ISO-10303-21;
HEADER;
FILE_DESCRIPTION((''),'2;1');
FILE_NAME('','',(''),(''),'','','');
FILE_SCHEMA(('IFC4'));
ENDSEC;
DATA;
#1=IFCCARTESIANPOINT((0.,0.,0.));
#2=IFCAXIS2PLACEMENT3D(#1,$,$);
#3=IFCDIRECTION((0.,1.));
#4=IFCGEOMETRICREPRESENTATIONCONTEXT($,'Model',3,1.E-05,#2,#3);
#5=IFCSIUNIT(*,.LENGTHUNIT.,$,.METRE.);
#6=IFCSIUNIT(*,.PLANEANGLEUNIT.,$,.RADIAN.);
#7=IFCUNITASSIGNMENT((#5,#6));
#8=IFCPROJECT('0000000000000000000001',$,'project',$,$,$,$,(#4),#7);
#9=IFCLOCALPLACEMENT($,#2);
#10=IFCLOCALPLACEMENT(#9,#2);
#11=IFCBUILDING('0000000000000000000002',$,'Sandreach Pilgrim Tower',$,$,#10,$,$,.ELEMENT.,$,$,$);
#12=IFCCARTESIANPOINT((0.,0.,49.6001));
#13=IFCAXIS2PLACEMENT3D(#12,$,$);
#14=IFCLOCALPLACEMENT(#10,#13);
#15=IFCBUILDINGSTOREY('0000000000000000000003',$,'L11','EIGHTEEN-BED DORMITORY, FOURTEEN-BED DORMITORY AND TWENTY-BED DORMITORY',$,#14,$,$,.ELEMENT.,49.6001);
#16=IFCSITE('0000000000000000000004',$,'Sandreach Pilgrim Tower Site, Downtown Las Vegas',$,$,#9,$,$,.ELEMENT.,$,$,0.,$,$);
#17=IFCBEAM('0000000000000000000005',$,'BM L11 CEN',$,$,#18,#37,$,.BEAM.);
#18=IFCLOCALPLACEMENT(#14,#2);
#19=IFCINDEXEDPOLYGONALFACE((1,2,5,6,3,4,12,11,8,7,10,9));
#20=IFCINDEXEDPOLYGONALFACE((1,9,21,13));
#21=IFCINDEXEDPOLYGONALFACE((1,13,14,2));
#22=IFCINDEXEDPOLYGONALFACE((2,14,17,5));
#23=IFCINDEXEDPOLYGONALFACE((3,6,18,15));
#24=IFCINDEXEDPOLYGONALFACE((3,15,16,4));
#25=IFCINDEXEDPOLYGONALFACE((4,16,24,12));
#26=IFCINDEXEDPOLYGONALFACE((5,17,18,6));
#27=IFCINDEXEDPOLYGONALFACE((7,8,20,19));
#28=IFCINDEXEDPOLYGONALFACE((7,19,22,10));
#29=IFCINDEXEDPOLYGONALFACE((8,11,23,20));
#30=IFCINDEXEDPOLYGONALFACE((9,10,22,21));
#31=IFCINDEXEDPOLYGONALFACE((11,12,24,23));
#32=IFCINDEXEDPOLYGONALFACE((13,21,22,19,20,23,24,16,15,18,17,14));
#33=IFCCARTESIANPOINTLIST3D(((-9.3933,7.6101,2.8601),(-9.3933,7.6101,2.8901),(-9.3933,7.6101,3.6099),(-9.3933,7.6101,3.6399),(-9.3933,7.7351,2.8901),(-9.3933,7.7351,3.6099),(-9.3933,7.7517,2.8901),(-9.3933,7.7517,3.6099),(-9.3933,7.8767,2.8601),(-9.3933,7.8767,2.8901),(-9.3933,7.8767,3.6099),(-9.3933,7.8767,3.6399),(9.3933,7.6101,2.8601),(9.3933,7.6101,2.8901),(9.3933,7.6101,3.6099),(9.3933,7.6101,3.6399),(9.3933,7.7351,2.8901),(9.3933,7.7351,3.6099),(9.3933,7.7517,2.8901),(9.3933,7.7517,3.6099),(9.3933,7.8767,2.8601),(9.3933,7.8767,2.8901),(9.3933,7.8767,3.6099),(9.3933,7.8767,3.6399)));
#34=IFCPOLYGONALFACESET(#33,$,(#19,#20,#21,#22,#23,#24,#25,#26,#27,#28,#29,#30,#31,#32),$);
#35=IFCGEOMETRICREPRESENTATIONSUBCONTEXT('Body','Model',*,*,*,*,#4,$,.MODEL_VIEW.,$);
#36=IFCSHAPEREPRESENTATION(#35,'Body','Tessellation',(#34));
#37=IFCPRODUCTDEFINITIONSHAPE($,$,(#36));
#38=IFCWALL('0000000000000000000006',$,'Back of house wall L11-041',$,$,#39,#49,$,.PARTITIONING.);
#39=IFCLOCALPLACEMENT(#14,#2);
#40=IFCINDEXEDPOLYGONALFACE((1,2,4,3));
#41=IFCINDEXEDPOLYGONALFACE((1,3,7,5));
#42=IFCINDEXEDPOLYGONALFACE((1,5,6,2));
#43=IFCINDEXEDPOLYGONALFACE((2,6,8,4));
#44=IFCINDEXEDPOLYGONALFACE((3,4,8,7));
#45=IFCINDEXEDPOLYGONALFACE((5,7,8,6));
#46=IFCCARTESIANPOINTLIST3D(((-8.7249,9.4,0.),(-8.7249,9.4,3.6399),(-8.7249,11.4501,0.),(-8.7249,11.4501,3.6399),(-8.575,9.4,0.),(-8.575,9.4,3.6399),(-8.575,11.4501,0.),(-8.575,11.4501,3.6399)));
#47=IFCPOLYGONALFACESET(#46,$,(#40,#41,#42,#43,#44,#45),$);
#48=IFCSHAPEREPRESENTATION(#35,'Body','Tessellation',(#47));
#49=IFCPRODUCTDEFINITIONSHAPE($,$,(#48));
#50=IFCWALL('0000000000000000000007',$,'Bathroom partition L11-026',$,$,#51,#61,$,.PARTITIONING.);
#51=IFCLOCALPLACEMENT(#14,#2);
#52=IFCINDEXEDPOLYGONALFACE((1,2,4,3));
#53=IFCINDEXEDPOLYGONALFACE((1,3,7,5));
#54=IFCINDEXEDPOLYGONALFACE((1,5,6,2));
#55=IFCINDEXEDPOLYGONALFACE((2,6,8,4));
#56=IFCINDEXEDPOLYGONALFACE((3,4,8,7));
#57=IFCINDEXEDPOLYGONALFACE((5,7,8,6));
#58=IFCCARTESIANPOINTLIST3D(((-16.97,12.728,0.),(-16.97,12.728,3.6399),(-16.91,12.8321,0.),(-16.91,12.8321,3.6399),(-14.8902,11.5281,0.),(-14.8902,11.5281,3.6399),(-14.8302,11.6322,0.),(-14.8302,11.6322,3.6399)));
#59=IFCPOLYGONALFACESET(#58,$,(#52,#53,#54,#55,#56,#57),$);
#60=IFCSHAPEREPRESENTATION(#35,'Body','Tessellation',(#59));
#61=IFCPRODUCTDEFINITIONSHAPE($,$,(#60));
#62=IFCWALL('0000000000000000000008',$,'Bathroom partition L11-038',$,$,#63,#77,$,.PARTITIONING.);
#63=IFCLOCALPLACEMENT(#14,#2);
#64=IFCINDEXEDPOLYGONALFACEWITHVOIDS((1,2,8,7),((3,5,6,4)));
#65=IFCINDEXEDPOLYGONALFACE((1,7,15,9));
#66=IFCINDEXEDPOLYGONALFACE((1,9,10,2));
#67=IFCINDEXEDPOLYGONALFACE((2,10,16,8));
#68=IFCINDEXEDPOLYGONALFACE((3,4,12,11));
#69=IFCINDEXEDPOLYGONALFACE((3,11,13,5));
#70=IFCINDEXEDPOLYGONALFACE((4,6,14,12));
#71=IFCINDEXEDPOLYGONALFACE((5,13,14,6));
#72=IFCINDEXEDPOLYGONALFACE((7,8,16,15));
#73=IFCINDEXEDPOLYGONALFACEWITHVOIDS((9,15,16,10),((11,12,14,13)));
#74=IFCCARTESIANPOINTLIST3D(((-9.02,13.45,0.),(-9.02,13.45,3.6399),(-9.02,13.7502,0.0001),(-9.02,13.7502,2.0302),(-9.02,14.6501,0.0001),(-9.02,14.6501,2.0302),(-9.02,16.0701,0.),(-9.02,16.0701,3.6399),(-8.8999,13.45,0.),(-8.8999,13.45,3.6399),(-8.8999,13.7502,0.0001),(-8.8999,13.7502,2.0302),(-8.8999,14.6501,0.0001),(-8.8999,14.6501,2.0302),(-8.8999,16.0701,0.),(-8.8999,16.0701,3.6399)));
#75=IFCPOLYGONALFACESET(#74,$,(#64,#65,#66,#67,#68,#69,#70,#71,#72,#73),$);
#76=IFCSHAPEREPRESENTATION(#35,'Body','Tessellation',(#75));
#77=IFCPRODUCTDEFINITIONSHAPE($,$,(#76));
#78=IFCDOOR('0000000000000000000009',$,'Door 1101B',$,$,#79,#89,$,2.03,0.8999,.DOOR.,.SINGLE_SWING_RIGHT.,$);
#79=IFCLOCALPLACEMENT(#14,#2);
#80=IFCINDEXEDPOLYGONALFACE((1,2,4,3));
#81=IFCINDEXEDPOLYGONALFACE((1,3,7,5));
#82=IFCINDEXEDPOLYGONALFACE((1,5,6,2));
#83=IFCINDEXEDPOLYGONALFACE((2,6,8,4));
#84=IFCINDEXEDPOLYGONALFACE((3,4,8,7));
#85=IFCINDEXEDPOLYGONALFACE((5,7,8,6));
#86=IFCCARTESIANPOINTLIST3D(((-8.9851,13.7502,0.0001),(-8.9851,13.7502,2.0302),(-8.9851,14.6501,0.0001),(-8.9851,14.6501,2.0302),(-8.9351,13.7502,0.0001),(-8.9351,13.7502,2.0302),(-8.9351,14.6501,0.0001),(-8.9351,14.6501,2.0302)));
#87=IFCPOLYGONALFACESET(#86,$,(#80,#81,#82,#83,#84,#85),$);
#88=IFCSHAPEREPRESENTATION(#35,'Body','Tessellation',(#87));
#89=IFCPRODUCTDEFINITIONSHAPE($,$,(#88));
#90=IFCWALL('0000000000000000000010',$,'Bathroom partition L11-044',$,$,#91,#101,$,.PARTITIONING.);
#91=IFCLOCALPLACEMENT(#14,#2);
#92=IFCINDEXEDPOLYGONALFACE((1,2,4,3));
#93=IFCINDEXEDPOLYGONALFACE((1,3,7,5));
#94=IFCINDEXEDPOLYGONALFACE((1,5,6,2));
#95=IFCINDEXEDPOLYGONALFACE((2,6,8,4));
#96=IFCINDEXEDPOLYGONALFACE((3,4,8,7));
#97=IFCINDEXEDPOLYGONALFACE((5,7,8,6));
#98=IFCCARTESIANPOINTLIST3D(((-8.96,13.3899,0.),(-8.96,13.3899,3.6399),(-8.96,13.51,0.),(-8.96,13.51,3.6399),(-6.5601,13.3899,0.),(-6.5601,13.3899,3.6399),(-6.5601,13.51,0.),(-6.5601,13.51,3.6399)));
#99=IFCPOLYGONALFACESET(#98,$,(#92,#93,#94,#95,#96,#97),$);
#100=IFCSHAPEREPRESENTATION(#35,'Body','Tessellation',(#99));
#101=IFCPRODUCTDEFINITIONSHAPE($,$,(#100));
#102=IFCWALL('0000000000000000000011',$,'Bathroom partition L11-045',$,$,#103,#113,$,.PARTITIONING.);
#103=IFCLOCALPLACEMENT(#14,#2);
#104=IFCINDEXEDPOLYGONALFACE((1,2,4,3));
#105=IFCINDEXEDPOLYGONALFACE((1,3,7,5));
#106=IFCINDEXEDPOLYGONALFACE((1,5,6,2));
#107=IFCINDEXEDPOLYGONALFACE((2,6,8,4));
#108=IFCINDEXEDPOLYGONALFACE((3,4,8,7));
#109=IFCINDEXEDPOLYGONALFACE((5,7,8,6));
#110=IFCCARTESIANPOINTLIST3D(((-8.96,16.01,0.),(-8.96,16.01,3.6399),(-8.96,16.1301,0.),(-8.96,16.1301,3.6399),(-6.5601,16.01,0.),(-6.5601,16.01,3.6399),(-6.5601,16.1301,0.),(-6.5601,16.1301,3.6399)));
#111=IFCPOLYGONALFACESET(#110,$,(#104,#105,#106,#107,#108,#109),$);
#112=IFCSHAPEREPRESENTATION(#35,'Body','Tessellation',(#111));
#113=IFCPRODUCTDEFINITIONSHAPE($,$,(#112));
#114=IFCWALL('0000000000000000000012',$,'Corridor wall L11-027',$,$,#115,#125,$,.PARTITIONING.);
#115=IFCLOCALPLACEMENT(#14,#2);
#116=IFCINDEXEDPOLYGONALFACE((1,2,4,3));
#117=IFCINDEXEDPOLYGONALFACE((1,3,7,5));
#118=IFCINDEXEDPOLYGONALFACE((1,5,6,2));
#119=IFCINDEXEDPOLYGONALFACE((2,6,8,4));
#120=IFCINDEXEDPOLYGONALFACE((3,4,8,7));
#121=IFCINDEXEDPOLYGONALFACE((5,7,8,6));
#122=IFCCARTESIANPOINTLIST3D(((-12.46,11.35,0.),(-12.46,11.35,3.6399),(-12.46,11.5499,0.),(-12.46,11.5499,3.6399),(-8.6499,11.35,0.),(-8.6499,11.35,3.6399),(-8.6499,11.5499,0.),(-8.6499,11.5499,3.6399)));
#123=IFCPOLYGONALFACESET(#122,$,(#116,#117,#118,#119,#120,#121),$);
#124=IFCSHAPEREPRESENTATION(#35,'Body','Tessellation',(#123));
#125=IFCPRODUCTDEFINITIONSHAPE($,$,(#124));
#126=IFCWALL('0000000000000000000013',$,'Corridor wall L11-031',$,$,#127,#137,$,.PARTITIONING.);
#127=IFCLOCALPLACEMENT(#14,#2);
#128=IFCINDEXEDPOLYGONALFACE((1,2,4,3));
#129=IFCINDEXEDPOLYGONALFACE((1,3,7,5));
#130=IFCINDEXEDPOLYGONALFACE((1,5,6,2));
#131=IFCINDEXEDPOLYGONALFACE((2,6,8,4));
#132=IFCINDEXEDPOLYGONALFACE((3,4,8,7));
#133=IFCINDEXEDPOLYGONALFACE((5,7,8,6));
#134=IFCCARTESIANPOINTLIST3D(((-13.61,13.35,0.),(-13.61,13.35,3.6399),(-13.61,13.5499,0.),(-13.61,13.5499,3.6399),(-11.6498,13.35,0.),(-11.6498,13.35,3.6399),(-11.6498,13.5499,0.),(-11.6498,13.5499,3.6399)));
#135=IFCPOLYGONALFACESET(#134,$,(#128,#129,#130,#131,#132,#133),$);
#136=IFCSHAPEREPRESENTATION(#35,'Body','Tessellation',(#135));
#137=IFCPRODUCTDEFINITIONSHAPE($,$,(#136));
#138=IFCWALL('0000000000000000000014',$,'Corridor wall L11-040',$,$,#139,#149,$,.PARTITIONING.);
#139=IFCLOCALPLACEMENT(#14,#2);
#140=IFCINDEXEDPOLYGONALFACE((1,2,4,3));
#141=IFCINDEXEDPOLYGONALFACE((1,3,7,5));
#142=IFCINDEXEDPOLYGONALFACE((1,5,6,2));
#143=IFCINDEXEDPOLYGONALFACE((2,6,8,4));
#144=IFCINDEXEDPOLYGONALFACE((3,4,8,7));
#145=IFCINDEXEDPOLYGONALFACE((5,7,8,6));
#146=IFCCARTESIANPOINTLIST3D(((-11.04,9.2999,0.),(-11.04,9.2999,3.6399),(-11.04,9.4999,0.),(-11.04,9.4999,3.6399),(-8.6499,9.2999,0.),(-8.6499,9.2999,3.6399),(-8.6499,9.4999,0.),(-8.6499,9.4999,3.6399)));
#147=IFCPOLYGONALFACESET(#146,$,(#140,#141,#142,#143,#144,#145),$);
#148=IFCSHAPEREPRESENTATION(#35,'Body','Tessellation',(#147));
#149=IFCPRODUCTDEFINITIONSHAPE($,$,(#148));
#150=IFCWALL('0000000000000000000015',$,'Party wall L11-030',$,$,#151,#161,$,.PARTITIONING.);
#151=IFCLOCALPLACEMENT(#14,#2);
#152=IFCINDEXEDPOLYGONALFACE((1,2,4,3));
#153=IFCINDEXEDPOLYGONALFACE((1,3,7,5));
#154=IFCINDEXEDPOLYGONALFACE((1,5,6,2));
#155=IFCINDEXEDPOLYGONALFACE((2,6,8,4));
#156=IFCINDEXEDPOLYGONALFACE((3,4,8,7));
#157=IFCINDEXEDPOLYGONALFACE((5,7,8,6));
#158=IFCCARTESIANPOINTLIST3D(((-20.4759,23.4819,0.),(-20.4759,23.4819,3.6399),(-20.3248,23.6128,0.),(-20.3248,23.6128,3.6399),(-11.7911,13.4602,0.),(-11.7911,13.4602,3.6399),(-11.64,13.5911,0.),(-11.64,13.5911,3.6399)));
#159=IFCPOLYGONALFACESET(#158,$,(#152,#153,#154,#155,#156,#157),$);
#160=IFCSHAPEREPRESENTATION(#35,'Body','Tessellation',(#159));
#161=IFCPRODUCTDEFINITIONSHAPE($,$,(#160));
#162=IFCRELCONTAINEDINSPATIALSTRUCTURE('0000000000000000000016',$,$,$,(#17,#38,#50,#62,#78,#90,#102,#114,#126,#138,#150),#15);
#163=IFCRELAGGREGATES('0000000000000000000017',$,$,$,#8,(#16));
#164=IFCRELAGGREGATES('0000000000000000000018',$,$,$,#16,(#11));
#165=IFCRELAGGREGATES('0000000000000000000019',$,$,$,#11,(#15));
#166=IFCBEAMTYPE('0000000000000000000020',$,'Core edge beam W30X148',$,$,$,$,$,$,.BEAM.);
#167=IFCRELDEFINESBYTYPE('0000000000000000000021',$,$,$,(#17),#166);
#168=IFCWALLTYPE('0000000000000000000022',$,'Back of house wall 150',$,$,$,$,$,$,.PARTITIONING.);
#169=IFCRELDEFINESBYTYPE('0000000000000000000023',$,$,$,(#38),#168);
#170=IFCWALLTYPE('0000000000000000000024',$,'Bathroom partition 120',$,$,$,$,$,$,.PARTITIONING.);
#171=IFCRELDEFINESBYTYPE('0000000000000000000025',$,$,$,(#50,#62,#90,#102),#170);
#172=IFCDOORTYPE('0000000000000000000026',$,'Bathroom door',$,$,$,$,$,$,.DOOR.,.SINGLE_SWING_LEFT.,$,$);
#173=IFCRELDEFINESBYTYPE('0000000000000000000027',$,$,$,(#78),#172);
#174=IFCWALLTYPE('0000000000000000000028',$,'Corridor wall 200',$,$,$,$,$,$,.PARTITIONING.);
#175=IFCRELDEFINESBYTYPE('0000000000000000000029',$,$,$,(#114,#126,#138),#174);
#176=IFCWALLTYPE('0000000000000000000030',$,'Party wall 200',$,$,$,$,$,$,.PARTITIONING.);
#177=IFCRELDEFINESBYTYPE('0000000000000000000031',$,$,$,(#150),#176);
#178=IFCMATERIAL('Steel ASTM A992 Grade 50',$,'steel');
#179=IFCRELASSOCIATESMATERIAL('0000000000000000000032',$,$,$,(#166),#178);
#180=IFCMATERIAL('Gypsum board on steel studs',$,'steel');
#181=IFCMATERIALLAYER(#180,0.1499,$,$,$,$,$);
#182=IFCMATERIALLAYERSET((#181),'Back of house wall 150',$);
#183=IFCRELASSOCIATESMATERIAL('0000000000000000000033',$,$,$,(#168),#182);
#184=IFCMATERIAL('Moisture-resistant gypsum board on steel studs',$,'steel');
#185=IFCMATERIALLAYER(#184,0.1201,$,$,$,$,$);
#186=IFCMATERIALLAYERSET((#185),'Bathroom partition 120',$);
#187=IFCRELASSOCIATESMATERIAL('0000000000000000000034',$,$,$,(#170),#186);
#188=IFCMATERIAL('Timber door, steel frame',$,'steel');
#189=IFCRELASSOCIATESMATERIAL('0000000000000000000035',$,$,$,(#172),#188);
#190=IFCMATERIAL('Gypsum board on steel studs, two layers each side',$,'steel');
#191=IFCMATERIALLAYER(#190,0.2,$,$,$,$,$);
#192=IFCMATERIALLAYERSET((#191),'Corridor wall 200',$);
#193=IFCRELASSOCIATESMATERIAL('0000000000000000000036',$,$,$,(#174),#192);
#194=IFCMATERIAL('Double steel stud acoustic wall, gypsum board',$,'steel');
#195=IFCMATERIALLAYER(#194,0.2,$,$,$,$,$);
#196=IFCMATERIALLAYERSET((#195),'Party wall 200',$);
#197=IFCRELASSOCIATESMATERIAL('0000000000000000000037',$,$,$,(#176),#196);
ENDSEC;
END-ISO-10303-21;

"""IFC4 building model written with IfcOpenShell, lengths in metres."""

from ifc_helpers import new_model, si_unit, direction, frame, frame_2d, origin, origin_2d, place, context, subcontext, project, spatial, rectangle, i_section, extrude, material, layer, layer_set, material_profile, profile_set, type_object, element, fill, save


model = new_model("IFC4")

# Units and contexts
model_context = context("Model", 3, precision=1e-05, world=origin(), true_north=direction((0.0, 1.0)))
body_context = subcontext(model_context, "Body", "Model", "MODEL_VIEW")
ifc_project = project(units=[si_unit("LENGTHUNIT", "METRE"), si_unit("PLANEANGLEUNIT", "RADIAN")], contexts=[model_context])

# Site, building, storey
site_placement = place(None, origin())
site = spatial("IfcSite", under=ifc_project, at=site_placement, Name="Sandreach Pilgrim Tower Site, Downtown Las Vegas", CompositionType="ELEMENT", RefElevation=0.0)
building_placement = place(site_placement, origin())
building = spatial("IfcBuilding", under=site, at=building_placement, Name="Sandreach Pilgrim Tower", CompositionType="ELEMENT")
storey_placement = place(building_placement, frame((0.0, 0.0, 49.6001)))
storey = spatial("IfcBuildingStorey", under=building, at=storey_placement, Name="L11", Description="EIGHTEEN-BED DORMITORY, FOURTEEN-BED DORMITORY AND TWENTY-BED DORMITORY", CompositionType="ELEMENT", Elevation=49.6001)

# Beam
ifc_material_1 = material(Name="Steel ASTM A992 Grade 50", Category="steel")
ifc_material_profile = material_profile(ifc_material_1, i_section(OverallWidth=0.2666, OverallDepth=0.7798, WebThickness=0.0166, FlangeThickness=0.03, at=origin_2d()), Name="W30X148")
ifc_profile_set = profile_set([ifc_material_profile], Name="Steel ASTM A992 Grade 50")
beam_type = type_object("IfcBeamType", Name="Core edge beam W30X148", PredefinedType="BEAM", material=ifc_profile_set)
beam_placement = place(storey_placement, frame((-9.3933, 7.7434, 3.25), z_axis=(1.0, 0.0, 0.0), x_axis=(0.0, 1.0, 0.0)))
element("IfcBeam", 1, at=beam_placement, inside=storey, type_object=beam_type, Name="BM L11 CEN", PredefinedType="BEAM", context=body_context, shape_type="SweptSolid", body=[
    extrude(i_section(OverallWidth=0.2666, OverallDepth=0.7798, WebThickness=0.0166, FlangeThickness=0.03, at=origin_2d()), origin(), (0.0, 0.0, 1.0), 18.7866),
])

# Walls
ifc_material_2 = material(Name="Gypsum board on steel studs", Category="steel")
ifc_layer_1 = layer(ifc_material_2, 0.1499)
ifc_layer_set_1 = layer_set([ifc_layer_1], Name="Back of house wall 150")
wall_type_1 = type_object("IfcWallType", Name="Back of house wall 150", PredefinedType="PARTITIONING", material=ifc_layer_set_1)
wall_1_placement = place(storey_placement, frame((-8.6499, 11.45, 0.0), z_axis=(0.0, 0.0, 1.0), x_axis=(0.0, -1.0, 0.0)))
element("IfcWall", 2, at=wall_1_placement, inside=storey, type_object=wall_type_1, Name="Back of house wall L11-041", PredefinedType="PARTITIONING", context=body_context, shape_type="SweptSolid", body=[
    extrude(rectangle(XDim=2.05, YDim=0.1499, at=frame_2d((1.0249, 0.0))), origin(), (0.0, 0.0, 1.0), 3.6399),
])
ifc_material_3 = material(Name="Moisture-resistant gypsum board on steel studs", Category="steel")
ifc_layer_2 = layer(ifc_material_3, 0.1201)
ifc_layer_set_2 = layer_set([ifc_layer_2], Name="Bathroom partition 120")
wall_type_2 = type_object("IfcWallType", Name="Bathroom partition 120", PredefinedType="PARTITIONING", material=ifc_layer_set_2)
wall_2_placement = place(storey_placement, frame((-14.8601, 11.5801, 0.0), z_axis=(0.0, 0.0, 1.0), x_axis=(-0.866177, 0.499737, 0.0)))
element("IfcWall", 3, at=wall_2_placement, inside=storey, type_object=wall_type_2, Name="Bathroom partition L11-026", PredefinedType="PARTITIONING", context=body_context, shape_type="SweptSolid", body=[
    extrude(rectangle(XDim=2.4011, YDim=0.1201, at=frame_2d((1.2007, 0.0))), origin(), (0.0, 0.0, 1.0), 3.6399),
])

# Wall, opening, door
wall_3_placement = place(storey_placement, frame((-8.96, 16.0701, 0.0), z_axis=(0.0, 0.0, 1.0), x_axis=(0.0, -1.0, 0.0)))
wall_3 = element("IfcWall", 4, at=wall_3_placement, inside=storey, type_object=wall_type_2, Name="Bathroom partition L11-038", PredefinedType="PARTITIONING", context=body_context, shape_type="SweptSolid", body=[
    extrude(rectangle(XDim=2.6201, YDim=0.1201, at=frame_2d((1.3101, 0.0))), origin(), (0.0, 0.0, 1.0), 3.6399),
])
opening_1_placement = place(wall_3_placement, frame((1.4199, 0.0, 0.0)))
opening_1 = element("IfcOpeningElement", 5, at=opening_1_placement, cuts=wall_3, PredefinedType="OPENING", context=body_context, shape_type="SweptSolid", body=[
    extrude(rectangle(XDim=0.8999, YDim=2.03, at=frame_2d((0.45, 1.0151))), frame((0.0, 0.0601, 0.0), z_axis=(0.0, -1.0, 0.0), x_axis=(1.0, 0.0, 0.0)), (0.0, 0.0, 1.0), 0.1201),
])
ifc_material_4 = material(Name="Timber door, steel frame", Category="steel")
door_type_1 = type_object("IfcDoorType", Name="Bathroom door", OperationType="SINGLE_SWING_LEFT", PredefinedType="DOOR", material=ifc_material_4)
door_1_placement = place(opening_1_placement, origin())
door_1 = element("IfcDoor", 6, at=door_1_placement, inside=storey, type_object=door_type_1, Name="Door 1101B", OperationType="SINGLE_SWING_RIGHT", OverallHeight=2.03, OverallWidth=0.8999, PredefinedType="DOOR", context=body_context, shape_type="SweptSolid", body=[
    extrude(rectangle(XDim=0.8999, YDim=2.03, at=frame_2d((0.45, 1.0151))), frame((0.0, 0.0249, 0.0), z_axis=(0.0, -1.0, 0.0), x_axis=(1.0, 0.0, 0.0)), (0.0, 0.0, 1.0), 0.05),
])
fill(opening_1, door_1)

# Walls
for number, where, z_axis, x_axis, name in (
    (7, (-6.5601, 13.45, 0.0), (0.0, 0.0, 1.0), (-1.0, 0.0, 0.0), "Bathroom partition L11-044"),
    (8, (-6.5601, 16.0701, 0.0), (0.0, 0.0, 1.0), (-1.0, 0.0, 0.0), "Bathroom partition L11-045"),
):
    element("IfcWall", number, at=place(storey_placement, frame(where, z_axis=z_axis, x_axis=x_axis)), inside=storey, type_object=wall_type_2, Name=name, PredefinedType="PARTITIONING", context=body_context, shape_type="SweptSolid", body=[
        extrude(rectangle(XDim=2.3999, YDim=0.1201, at=frame_2d((1.2, 0.0))), origin(), (0.0, 0.0, 1.0), 3.6399),
    ])

# Shared definitions
ifc_material_5 = material(Name="Gypsum board on steel studs, two layers each side", Category="steel")
ifc_layer_3 = layer(ifc_material_5, 0.2)
ifc_layer_set_3 = layer_set([ifc_layer_3], Name="Corridor wall 200")
wall_type_3 = type_object("IfcWallType", Name="Corridor wall 200", PredefinedType="PARTITIONING", material=ifc_layer_set_3)

# Walls
wall_4_placement = place(storey_placement, frame((-12.46, 11.45, 0.0), z_axis=(0.0, 0.0, 1.0), x_axis=(1.0, 0.0, 0.0)))
element("IfcWall", 9, at=wall_4_placement, inside=storey, type_object=wall_type_3, Name="Corridor wall L11-027", PredefinedType="PARTITIONING", context=body_context, shape_type="SweptSolid", body=[
    extrude(rectangle(XDim=3.8101, YDim=0.2, at=frame_2d((1.905, 0.0))), origin(), (0.0, 0.0, 1.0), 3.6399),
])
wall_5_placement = place(storey_placement, frame((-11.6499, 13.45, 0.0), z_axis=(0.0, 0.0, 1.0), x_axis=(-1.0, 0.0, 0.0)))
element("IfcWall", 10, at=wall_5_placement, inside=storey, type_object=wall_type_3, Name="Corridor wall L11-031", PredefinedType="PARTITIONING", context=body_context, shape_type="SweptSolid", body=[
    extrude(rectangle(XDim=1.9602, YDim=0.2, at=frame_2d((0.98, 0.0))), origin(), (0.0, 0.0, 1.0), 3.6399),
])

# Wall
wall_6_placement = place(storey_placement, frame((-8.6499, 9.3999, 0.0), z_axis=(0.0, 0.0, 1.0), x_axis=(-1.0, 0.0, 0.0)))
element("IfcWall", 11, at=wall_6_placement, inside=storey, type_object=wall_type_3, Name="Corridor wall L11-040", PredefinedType="PARTITIONING", context=body_context, shape_type="SweptSolid", body=[
    extrude(rectangle(XDim=2.3901, YDim=0.2, at=frame_2d((1.1951, 0.0))), origin(), (0.0, 0.0, 1.0), 3.6399),
])

# Wall
ifc_material_6 = material(Name="Double steel stud acoustic wall, gypsum board", Category="steel")
ifc_layer_4 = layer(ifc_material_6, 0.2)
ifc_layer_set_4 = layer_set([ifc_layer_4], Name="Party wall 200")
wall_type_4 = type_object("IfcWallType", Name="Party wall 200", PredefinedType="PARTITIONING", material=ifc_layer_set_4)
wall_7_placement = place(storey_placement, frame((-11.7156, 13.5256, 0.0), z_axis=(0.0, 0.0, 1.0), x_axis=(-0.654901, 0.755715, 0.0)))
element("IfcWall", 12, at=wall_7_placement, inside=storey, type_object=wall_type_4, Name="Party wall L11-030", PredefinedType="PARTITIONING", context=body_context, shape_type="SweptSolid", body=[
    extrude(rectangle(XDim=13.2612, YDim=0.2, at=frame_2d((6.6306, 0.0))), origin(), (0.0, 0.0, 1.0), 3.6399),
])

save(model, "model.ifc")
